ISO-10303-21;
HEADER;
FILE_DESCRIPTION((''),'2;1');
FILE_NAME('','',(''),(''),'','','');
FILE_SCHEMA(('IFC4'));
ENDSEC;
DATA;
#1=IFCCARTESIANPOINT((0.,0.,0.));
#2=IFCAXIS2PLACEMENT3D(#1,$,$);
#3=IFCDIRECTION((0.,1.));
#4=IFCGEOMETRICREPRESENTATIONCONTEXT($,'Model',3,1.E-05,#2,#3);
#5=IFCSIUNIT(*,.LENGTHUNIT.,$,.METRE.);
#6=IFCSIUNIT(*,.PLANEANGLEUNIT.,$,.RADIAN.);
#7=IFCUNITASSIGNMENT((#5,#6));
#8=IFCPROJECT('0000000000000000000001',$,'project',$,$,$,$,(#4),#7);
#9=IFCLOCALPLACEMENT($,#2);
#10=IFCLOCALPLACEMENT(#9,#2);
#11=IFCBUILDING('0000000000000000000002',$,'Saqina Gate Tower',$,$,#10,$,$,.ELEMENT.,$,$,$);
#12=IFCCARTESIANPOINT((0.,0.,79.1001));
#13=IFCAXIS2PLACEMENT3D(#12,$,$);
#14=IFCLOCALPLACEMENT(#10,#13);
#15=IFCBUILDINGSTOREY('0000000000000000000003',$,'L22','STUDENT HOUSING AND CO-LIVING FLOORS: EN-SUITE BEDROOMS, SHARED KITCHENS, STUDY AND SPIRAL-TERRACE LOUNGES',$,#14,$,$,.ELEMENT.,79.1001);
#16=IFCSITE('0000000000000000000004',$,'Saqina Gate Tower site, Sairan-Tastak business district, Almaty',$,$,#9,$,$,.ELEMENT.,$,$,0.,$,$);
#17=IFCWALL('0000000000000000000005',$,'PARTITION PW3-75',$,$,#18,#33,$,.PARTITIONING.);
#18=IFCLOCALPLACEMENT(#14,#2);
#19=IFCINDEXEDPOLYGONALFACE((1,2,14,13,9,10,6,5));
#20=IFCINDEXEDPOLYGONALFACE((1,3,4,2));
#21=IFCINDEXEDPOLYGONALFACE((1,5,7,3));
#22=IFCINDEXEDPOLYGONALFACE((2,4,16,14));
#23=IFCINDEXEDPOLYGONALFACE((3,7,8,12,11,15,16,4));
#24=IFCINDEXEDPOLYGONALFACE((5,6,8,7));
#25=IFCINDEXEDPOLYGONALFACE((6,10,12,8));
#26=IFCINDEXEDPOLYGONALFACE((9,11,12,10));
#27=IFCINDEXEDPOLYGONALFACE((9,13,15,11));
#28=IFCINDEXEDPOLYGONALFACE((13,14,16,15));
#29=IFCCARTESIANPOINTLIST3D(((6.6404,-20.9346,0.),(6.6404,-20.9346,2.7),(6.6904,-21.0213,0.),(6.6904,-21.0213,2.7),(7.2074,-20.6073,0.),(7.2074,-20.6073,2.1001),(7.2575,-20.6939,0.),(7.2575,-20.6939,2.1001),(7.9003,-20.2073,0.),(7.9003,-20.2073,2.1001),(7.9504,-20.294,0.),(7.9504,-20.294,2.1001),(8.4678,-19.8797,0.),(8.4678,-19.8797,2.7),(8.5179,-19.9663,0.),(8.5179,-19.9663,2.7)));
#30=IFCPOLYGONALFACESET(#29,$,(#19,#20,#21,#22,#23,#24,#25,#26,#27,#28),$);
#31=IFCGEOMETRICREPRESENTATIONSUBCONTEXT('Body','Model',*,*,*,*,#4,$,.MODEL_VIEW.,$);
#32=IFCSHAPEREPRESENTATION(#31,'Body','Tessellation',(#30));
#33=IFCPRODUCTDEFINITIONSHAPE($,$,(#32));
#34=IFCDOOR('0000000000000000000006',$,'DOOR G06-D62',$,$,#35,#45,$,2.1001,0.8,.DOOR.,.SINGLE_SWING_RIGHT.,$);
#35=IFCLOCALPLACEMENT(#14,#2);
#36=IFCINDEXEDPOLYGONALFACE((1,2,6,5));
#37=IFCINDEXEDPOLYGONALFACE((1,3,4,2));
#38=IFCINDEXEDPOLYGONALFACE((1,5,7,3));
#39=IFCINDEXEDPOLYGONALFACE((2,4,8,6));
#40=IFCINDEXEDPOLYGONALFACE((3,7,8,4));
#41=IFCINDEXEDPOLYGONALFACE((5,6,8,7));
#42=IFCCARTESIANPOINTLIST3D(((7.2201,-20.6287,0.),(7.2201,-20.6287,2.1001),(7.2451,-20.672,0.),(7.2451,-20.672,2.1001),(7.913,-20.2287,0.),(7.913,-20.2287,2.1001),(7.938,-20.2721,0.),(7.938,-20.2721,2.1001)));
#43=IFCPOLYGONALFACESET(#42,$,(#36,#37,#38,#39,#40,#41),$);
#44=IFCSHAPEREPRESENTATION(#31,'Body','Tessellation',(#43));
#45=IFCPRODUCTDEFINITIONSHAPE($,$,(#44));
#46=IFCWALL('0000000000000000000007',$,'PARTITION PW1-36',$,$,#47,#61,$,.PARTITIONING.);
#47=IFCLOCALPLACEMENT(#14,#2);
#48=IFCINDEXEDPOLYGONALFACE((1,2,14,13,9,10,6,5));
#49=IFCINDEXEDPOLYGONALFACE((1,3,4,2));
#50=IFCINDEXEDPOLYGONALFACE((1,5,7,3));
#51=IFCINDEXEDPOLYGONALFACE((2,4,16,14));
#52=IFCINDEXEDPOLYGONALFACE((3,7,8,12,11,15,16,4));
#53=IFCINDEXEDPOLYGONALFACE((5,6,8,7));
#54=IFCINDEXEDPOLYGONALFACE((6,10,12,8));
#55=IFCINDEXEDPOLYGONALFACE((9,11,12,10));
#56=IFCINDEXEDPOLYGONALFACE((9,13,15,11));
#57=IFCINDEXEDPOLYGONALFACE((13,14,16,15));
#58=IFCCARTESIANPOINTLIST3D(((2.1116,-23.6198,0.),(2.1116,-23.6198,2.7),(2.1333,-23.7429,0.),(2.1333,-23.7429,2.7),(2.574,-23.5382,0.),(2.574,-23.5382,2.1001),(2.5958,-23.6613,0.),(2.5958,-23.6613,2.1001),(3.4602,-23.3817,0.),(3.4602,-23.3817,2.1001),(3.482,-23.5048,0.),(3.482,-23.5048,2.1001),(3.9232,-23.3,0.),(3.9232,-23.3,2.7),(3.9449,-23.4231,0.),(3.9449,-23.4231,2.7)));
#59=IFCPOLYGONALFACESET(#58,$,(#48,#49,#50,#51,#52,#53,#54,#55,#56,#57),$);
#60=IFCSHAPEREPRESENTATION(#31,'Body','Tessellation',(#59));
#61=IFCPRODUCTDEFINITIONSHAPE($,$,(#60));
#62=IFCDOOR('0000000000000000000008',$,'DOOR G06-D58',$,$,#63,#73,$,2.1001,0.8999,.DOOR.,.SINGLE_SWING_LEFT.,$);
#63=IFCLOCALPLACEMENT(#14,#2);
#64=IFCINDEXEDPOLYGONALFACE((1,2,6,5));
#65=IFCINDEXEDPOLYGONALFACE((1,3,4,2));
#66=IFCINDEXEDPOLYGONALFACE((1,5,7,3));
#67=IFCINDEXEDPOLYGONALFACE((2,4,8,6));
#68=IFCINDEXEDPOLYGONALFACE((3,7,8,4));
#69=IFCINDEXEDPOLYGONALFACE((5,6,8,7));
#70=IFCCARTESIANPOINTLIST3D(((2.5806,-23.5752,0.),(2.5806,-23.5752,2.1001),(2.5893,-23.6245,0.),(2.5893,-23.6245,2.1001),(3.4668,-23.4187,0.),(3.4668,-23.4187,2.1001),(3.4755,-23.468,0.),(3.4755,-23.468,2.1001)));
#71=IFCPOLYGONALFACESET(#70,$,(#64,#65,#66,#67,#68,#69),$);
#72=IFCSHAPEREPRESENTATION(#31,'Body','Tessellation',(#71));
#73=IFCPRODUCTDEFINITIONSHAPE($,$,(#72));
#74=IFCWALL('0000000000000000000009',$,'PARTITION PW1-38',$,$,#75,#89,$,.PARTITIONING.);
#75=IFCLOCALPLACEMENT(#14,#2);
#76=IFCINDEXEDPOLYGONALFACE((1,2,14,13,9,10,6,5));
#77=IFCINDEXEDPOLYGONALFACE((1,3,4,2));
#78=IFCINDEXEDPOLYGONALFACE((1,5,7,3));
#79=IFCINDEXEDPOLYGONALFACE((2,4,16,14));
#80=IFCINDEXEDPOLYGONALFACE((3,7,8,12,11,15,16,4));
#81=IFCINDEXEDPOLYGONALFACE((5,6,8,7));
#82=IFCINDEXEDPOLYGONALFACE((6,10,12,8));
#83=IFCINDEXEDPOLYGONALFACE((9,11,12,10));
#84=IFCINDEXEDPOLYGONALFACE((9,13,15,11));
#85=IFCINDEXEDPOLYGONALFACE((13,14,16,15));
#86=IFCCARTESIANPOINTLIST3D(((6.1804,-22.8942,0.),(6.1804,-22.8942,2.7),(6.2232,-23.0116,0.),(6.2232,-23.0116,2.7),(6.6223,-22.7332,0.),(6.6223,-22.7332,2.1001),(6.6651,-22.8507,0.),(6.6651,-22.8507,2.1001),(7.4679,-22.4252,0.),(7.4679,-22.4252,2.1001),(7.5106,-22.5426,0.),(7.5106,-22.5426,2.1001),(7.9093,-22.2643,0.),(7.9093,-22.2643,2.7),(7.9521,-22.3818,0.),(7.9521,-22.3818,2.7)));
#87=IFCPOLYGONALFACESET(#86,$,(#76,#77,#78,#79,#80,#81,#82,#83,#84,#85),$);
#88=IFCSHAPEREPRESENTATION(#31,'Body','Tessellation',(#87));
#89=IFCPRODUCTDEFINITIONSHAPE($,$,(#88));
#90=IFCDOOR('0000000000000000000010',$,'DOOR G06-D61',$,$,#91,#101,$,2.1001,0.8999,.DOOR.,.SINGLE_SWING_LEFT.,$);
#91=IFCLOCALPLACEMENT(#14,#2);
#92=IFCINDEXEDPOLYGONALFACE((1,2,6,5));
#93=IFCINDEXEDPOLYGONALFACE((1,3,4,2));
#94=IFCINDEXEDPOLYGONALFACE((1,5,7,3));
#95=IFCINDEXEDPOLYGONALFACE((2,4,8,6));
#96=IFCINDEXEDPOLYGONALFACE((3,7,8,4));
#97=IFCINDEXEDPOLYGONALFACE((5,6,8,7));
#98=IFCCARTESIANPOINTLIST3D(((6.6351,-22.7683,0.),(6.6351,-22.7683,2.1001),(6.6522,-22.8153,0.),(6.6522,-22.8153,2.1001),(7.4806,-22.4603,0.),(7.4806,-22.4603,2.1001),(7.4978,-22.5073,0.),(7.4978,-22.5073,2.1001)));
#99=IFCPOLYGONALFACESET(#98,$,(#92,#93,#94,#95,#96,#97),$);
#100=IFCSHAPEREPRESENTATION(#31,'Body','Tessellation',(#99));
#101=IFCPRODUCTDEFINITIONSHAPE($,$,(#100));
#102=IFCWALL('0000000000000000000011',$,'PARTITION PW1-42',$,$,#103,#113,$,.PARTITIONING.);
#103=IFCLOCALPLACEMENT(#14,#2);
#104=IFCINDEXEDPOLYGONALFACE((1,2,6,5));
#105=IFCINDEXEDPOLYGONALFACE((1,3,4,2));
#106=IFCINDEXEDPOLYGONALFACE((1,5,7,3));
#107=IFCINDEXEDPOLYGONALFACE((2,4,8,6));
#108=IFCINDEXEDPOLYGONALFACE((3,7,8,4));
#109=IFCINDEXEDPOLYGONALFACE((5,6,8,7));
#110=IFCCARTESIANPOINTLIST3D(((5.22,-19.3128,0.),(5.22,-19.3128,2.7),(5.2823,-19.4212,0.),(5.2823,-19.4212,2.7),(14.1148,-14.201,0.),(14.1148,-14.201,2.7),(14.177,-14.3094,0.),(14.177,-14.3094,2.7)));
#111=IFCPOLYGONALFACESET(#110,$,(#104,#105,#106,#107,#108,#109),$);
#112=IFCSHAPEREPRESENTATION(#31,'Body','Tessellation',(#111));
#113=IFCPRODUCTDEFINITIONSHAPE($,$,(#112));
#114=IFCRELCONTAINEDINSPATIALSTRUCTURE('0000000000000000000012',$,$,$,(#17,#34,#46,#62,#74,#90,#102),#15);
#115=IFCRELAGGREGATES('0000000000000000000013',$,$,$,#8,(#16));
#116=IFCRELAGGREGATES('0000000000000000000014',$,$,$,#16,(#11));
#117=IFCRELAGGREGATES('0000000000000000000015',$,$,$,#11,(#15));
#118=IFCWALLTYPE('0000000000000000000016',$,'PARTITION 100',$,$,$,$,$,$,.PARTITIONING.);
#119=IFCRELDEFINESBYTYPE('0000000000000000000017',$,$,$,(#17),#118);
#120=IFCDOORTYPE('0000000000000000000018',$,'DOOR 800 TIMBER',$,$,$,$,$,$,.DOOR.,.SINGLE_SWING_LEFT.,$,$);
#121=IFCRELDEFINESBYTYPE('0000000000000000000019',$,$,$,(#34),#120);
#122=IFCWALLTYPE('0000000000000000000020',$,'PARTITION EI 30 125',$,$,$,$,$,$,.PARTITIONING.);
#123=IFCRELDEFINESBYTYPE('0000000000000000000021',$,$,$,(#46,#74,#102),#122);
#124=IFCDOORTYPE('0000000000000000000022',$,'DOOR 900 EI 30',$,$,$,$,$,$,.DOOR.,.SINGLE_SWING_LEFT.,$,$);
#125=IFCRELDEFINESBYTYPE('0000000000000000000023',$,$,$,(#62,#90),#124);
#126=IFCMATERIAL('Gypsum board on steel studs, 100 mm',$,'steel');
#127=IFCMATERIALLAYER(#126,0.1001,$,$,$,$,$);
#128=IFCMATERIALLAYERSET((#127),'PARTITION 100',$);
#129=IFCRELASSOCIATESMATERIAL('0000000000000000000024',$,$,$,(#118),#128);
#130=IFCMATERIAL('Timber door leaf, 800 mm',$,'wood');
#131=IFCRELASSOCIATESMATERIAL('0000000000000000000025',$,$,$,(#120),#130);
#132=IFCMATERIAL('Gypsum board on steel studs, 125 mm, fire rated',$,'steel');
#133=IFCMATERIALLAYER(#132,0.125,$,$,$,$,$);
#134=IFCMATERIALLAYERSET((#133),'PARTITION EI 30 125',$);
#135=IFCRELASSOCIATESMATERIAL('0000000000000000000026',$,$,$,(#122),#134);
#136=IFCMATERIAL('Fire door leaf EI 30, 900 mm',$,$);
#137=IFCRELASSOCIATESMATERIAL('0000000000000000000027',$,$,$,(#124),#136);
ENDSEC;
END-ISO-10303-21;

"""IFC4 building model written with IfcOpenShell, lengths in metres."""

from ifc_helpers import new_model, si_unit, direction, frame, frame_2d, origin, place, context, subcontext, project, spatial, rectangle, extrude, material, layer, layer_set, type_object, element, fill, save


model = new_model("IFC4")

# Units and contexts
model_context = context("Model", 3, precision=1e-05, world=origin(), true_north=direction((0.0, 1.0)))
body_context = subcontext(model_context, "Body", "Model", "MODEL_VIEW")
ifc_project = project(units=[si_unit("LENGTHUNIT", "METRE"), si_unit("PLANEANGLEUNIT", "RADIAN")], contexts=[model_context])

# Site, building, storey
site_placement = place(None, origin())
site = spatial("IfcSite", under=ifc_project, at=site_placement, Name="Saqina Gate Tower site, Sairan-Tastak business district, Almaty", CompositionType="ELEMENT", RefElevation=0.0)
building_placement = place(site_placement, origin())
building = spatial("IfcBuilding", under=site, at=building_placement, Name="Saqina Gate Tower", CompositionType="ELEMENT")
storey_placement = place(building_placement, frame((0.0, 0.0, 79.1001)))
storey = spatial("IfcBuildingStorey", under=building, at=storey_placement, Name="L22", Description="STUDENT HOUSING AND CO-LIVING FLOORS: EN-SUITE BEDROOMS, SHARED KITCHENS, STUDY AND SPIRAL-TERRACE LOUNGES", CompositionType="ELEMENT", Elevation=79.1001)

# Shared definitions
ifc_material_1 = material(Name="Gypsum board on steel studs, 100 mm", Category="steel")
ifc_layer_1 = layer(ifc_material_1, 0.1001)
ifc_layer_set_1 = layer_set([ifc_layer_1], Name="PARTITION 100")
wall_type_1 = type_object("IfcWallType", Name="PARTITION 100", PredefinedType="PARTITIONING", material=ifc_layer_set_1)

# Shared definitions
ifc_material_2 = material(Name="Timber door leaf, 800 mm", Category="wood")
door_type_1 = type_object("IfcDoorType", Name="DOOR 800 TIMBER", OperationType="SINGLE_SWING_LEFT", PredefinedType="DOOR", material=ifc_material_2)

# Walls, openings, doors
wall_1_placement = place(storey_placement, frame((6.6653, -20.978, 0.0), z_axis=(0.0, 0.0, 1.0), x_axis=(0.866049, 0.499959, 0.0)))
wall_1 = element("IfcWall", 1, at=wall_1_placement, inside=storey, type_object=wall_type_1, Name="PARTITION PW3-75", PredefinedType="PARTITIONING", context=body_context, shape_type="SweptSolid", body=[
    extrude(rectangle(XDim=2.1101, YDim=0.1001, at=frame_2d((1.0552, 0.0))), origin(), (0.0, 0.0, 1.0), 2.7),
])
opening_1_placement = place(wall_1_placement, frame((0.655, 0.0, 0.0)))
opening_1 = element("IfcOpeningElement", 2, at=opening_1_placement, cuts=wall_1, PredefinedType="OPENING", context=body_context, shape_type="SweptSolid", body=[
    extrude(rectangle(XDim=0.8, YDim=2.1001, at=frame_2d((0.3999, 1.05))), frame((0.0, 0.062, 0.0), z_axis=(0.0, -1.0, 0.0), x_axis=(1.0, 0.0, 0.0)), (0.0, 0.0, 1.0), 0.124),
])
door_1_placement = place(opening_1_placement, frame((0.8, 0.0, 0.0), z_axis=(0.0, 0.0, 1.0), x_axis=(-1.0, 0.0, 0.0)))
door_1 = element("IfcDoor", 3, at=door_1_placement, inside=storey, type_object=door_type_1, Name="DOOR G06-D62", OperationType="SINGLE_SWING_RIGHT", OverallHeight=2.1001, OverallWidth=0.8, PredefinedType="DOOR", context=body_context, shape_type="SweptSolid", body=[
    extrude(rectangle(XDim=0.8, YDim=2.1001, at=frame_2d((0.3999, 1.05))), frame((0.0, 0.0249, 0.0), z_axis=(0.0, -1.0, 0.0), x_axis=(1.0, 0.0, 0.0)), (0.0, 0.0, 1.0), 0.05),
])
fill(opening_1, door_1)
ifc_material_3 = material(Name="Gypsum board on steel studs, 125 mm, fire rated", Category="steel")
ifc_layer_2 = layer(ifc_material_3, 0.125)
ifc_layer_set_2 = layer_set([ifc_layer_2], Name="PARTITION EI 30 125")
wall_type_2 = type_object("IfcWallType", Name="PARTITION EI 30 125", PredefinedType="PARTITIONING", material=ifc_layer_set_2)
wall_2_placement = place(storey_placement, frame((2.1223, -23.6814, 0.0), z_axis=(0.0, 0.0, 1.0), x_axis=(0.98477, 0.173861, 0.0)))
wall_2 = element("IfcWall", 4, at=wall_2_placement, inside=storey, type_object=wall_type_2, Name="PARTITION PW1-36", PredefinedType="PARTITIONING", context=body_context, shape_type="SweptSolid", body=[
    extrude(rectangle(XDim=1.8396, YDim=0.125, at=frame_2d((0.9199, 0.0))), origin(), (0.0, 0.0, 1.0), 2.7),
])
opening_2_placement = place(wall_2_placement, frame((0.4697, 0.0, 0.0)))
opening_2 = element("IfcOpeningElement", 5, at=opening_2_placement, cuts=wall_2, PredefinedType="OPENING", context=body_context, shape_type="SweptSolid", body=[
    extrude(rectangle(XDim=0.8999, YDim=2.1001, at=frame_2d((0.45, 1.05))), frame((0.0, 0.0745, 0.0), z_axis=(0.0, -1.0, 0.0), x_axis=(1.0, 0.0, 0.0)), (0.0, 0.0, 1.0), 0.1489),
])
ifc_material_4 = material(Name="Fire door leaf EI 30, 900 mm")
door_type_2 = type_object("IfcDoorType", Name="DOOR 900 EI 30", OperationType="SINGLE_SWING_LEFT", PredefinedType="DOOR", material=ifc_material_4)
door_2_placement = place(opening_2_placement, origin())
door_2 = element("IfcDoor", 6, at=door_2_placement, inside=storey, type_object=door_type_2, Name="DOOR G06-D58", OperationType="SINGLE_SWING_LEFT", OverallHeight=2.1001, OverallWidth=0.8999, PredefinedType="DOOR", context=body_context, shape_type="SweptSolid", body=[
    extrude(rectangle(XDim=0.8999, YDim=2.1001, at=frame_2d((0.45, 1.05))), frame((0.0, 0.0249, 0.0), z_axis=(0.0, -1.0, 0.0), x_axis=(1.0, 0.0, 0.0)), (0.0, 0.0, 1.0), 0.05),
])
fill(opening_2, door_2)
wall_3_placement = place(storey_placement, frame((6.2019, -22.9529, 0.0), z_axis=(0.0, 0.0, 1.0), x_axis=(0.939592, 0.342297, 0.0)))
wall_3 = element("IfcWall", 7, at=wall_3_placement, inside=storey, type_object=wall_type_2, Name="PARTITION PW1-38", PredefinedType="PARTITIONING", context=body_context, shape_type="SweptSolid", body=[
    extrude(rectangle(XDim=1.8401, YDim=0.125, at=frame_2d((0.9199, 0.0))), origin(), (0.0, 0.0, 1.0), 2.7),
])
opening_3_placement = place(wall_3_placement, frame((0.4702, 0.0, 0.0)))
opening_3 = element("IfcOpeningElement", 8, at=opening_3_placement, cuts=wall_3, PredefinedType="OPENING", context=body_context, shape_type="SweptSolid", body=[
    extrude(rectangle(XDim=0.8999, YDim=2.1001, at=frame_2d((0.45, 1.05))), frame((0.0, 0.0745, 0.0), z_axis=(0.0, -1.0, 0.0), x_axis=(1.0, 0.0, 0.0)), (0.0, 0.0, 1.0), 0.1489),
])
door_3_placement = place(opening_3_placement, frame((0.8999, 0.0, 0.0), z_axis=(0.0, 0.0, 1.0), x_axis=(-1.0, 0.0, 0.0)))
door_3 = element("IfcDoor", 9, at=door_3_placement, inside=storey, type_object=door_type_2, Name="DOOR G06-D61", OperationType="SINGLE_SWING_LEFT", OverallHeight=2.1001, OverallWidth=0.8999, PredefinedType="DOOR", context=body_context, shape_type="SweptSolid", body=[
    extrude(rectangle(XDim=0.8999, YDim=2.1001, at=frame_2d((0.45, 1.05))), frame((0.0, 0.0249, 0.0), z_axis=(0.0, -1.0, 0.0), x_axis=(1.0, 0.0, 0.0)), (0.0, 0.0, 1.0), 0.05),
])
fill(opening_3, door_3)

# Wall
wall_4_placement = place(storey_placement, frame((5.2512, -19.3669, 0.0), z_axis=(0.0, 0.0, 1.0), x_axis=(0.867019, 0.498275, 0.0)))
element("IfcWall", 10, at=wall_4_placement, inside=storey, type_object=wall_type_2, Name="PARTITION PW1-42", PredefinedType="PARTITIONING", context=body_context, shape_type="SweptSolid", body=[
    extrude(rectangle(XDim=10.259, YDim=0.125, at=frame_2d((5.1294, 0.0))), origin(), (0.0, 0.0, 1.0), 2.7),
])

save(model, "model.ifc")
